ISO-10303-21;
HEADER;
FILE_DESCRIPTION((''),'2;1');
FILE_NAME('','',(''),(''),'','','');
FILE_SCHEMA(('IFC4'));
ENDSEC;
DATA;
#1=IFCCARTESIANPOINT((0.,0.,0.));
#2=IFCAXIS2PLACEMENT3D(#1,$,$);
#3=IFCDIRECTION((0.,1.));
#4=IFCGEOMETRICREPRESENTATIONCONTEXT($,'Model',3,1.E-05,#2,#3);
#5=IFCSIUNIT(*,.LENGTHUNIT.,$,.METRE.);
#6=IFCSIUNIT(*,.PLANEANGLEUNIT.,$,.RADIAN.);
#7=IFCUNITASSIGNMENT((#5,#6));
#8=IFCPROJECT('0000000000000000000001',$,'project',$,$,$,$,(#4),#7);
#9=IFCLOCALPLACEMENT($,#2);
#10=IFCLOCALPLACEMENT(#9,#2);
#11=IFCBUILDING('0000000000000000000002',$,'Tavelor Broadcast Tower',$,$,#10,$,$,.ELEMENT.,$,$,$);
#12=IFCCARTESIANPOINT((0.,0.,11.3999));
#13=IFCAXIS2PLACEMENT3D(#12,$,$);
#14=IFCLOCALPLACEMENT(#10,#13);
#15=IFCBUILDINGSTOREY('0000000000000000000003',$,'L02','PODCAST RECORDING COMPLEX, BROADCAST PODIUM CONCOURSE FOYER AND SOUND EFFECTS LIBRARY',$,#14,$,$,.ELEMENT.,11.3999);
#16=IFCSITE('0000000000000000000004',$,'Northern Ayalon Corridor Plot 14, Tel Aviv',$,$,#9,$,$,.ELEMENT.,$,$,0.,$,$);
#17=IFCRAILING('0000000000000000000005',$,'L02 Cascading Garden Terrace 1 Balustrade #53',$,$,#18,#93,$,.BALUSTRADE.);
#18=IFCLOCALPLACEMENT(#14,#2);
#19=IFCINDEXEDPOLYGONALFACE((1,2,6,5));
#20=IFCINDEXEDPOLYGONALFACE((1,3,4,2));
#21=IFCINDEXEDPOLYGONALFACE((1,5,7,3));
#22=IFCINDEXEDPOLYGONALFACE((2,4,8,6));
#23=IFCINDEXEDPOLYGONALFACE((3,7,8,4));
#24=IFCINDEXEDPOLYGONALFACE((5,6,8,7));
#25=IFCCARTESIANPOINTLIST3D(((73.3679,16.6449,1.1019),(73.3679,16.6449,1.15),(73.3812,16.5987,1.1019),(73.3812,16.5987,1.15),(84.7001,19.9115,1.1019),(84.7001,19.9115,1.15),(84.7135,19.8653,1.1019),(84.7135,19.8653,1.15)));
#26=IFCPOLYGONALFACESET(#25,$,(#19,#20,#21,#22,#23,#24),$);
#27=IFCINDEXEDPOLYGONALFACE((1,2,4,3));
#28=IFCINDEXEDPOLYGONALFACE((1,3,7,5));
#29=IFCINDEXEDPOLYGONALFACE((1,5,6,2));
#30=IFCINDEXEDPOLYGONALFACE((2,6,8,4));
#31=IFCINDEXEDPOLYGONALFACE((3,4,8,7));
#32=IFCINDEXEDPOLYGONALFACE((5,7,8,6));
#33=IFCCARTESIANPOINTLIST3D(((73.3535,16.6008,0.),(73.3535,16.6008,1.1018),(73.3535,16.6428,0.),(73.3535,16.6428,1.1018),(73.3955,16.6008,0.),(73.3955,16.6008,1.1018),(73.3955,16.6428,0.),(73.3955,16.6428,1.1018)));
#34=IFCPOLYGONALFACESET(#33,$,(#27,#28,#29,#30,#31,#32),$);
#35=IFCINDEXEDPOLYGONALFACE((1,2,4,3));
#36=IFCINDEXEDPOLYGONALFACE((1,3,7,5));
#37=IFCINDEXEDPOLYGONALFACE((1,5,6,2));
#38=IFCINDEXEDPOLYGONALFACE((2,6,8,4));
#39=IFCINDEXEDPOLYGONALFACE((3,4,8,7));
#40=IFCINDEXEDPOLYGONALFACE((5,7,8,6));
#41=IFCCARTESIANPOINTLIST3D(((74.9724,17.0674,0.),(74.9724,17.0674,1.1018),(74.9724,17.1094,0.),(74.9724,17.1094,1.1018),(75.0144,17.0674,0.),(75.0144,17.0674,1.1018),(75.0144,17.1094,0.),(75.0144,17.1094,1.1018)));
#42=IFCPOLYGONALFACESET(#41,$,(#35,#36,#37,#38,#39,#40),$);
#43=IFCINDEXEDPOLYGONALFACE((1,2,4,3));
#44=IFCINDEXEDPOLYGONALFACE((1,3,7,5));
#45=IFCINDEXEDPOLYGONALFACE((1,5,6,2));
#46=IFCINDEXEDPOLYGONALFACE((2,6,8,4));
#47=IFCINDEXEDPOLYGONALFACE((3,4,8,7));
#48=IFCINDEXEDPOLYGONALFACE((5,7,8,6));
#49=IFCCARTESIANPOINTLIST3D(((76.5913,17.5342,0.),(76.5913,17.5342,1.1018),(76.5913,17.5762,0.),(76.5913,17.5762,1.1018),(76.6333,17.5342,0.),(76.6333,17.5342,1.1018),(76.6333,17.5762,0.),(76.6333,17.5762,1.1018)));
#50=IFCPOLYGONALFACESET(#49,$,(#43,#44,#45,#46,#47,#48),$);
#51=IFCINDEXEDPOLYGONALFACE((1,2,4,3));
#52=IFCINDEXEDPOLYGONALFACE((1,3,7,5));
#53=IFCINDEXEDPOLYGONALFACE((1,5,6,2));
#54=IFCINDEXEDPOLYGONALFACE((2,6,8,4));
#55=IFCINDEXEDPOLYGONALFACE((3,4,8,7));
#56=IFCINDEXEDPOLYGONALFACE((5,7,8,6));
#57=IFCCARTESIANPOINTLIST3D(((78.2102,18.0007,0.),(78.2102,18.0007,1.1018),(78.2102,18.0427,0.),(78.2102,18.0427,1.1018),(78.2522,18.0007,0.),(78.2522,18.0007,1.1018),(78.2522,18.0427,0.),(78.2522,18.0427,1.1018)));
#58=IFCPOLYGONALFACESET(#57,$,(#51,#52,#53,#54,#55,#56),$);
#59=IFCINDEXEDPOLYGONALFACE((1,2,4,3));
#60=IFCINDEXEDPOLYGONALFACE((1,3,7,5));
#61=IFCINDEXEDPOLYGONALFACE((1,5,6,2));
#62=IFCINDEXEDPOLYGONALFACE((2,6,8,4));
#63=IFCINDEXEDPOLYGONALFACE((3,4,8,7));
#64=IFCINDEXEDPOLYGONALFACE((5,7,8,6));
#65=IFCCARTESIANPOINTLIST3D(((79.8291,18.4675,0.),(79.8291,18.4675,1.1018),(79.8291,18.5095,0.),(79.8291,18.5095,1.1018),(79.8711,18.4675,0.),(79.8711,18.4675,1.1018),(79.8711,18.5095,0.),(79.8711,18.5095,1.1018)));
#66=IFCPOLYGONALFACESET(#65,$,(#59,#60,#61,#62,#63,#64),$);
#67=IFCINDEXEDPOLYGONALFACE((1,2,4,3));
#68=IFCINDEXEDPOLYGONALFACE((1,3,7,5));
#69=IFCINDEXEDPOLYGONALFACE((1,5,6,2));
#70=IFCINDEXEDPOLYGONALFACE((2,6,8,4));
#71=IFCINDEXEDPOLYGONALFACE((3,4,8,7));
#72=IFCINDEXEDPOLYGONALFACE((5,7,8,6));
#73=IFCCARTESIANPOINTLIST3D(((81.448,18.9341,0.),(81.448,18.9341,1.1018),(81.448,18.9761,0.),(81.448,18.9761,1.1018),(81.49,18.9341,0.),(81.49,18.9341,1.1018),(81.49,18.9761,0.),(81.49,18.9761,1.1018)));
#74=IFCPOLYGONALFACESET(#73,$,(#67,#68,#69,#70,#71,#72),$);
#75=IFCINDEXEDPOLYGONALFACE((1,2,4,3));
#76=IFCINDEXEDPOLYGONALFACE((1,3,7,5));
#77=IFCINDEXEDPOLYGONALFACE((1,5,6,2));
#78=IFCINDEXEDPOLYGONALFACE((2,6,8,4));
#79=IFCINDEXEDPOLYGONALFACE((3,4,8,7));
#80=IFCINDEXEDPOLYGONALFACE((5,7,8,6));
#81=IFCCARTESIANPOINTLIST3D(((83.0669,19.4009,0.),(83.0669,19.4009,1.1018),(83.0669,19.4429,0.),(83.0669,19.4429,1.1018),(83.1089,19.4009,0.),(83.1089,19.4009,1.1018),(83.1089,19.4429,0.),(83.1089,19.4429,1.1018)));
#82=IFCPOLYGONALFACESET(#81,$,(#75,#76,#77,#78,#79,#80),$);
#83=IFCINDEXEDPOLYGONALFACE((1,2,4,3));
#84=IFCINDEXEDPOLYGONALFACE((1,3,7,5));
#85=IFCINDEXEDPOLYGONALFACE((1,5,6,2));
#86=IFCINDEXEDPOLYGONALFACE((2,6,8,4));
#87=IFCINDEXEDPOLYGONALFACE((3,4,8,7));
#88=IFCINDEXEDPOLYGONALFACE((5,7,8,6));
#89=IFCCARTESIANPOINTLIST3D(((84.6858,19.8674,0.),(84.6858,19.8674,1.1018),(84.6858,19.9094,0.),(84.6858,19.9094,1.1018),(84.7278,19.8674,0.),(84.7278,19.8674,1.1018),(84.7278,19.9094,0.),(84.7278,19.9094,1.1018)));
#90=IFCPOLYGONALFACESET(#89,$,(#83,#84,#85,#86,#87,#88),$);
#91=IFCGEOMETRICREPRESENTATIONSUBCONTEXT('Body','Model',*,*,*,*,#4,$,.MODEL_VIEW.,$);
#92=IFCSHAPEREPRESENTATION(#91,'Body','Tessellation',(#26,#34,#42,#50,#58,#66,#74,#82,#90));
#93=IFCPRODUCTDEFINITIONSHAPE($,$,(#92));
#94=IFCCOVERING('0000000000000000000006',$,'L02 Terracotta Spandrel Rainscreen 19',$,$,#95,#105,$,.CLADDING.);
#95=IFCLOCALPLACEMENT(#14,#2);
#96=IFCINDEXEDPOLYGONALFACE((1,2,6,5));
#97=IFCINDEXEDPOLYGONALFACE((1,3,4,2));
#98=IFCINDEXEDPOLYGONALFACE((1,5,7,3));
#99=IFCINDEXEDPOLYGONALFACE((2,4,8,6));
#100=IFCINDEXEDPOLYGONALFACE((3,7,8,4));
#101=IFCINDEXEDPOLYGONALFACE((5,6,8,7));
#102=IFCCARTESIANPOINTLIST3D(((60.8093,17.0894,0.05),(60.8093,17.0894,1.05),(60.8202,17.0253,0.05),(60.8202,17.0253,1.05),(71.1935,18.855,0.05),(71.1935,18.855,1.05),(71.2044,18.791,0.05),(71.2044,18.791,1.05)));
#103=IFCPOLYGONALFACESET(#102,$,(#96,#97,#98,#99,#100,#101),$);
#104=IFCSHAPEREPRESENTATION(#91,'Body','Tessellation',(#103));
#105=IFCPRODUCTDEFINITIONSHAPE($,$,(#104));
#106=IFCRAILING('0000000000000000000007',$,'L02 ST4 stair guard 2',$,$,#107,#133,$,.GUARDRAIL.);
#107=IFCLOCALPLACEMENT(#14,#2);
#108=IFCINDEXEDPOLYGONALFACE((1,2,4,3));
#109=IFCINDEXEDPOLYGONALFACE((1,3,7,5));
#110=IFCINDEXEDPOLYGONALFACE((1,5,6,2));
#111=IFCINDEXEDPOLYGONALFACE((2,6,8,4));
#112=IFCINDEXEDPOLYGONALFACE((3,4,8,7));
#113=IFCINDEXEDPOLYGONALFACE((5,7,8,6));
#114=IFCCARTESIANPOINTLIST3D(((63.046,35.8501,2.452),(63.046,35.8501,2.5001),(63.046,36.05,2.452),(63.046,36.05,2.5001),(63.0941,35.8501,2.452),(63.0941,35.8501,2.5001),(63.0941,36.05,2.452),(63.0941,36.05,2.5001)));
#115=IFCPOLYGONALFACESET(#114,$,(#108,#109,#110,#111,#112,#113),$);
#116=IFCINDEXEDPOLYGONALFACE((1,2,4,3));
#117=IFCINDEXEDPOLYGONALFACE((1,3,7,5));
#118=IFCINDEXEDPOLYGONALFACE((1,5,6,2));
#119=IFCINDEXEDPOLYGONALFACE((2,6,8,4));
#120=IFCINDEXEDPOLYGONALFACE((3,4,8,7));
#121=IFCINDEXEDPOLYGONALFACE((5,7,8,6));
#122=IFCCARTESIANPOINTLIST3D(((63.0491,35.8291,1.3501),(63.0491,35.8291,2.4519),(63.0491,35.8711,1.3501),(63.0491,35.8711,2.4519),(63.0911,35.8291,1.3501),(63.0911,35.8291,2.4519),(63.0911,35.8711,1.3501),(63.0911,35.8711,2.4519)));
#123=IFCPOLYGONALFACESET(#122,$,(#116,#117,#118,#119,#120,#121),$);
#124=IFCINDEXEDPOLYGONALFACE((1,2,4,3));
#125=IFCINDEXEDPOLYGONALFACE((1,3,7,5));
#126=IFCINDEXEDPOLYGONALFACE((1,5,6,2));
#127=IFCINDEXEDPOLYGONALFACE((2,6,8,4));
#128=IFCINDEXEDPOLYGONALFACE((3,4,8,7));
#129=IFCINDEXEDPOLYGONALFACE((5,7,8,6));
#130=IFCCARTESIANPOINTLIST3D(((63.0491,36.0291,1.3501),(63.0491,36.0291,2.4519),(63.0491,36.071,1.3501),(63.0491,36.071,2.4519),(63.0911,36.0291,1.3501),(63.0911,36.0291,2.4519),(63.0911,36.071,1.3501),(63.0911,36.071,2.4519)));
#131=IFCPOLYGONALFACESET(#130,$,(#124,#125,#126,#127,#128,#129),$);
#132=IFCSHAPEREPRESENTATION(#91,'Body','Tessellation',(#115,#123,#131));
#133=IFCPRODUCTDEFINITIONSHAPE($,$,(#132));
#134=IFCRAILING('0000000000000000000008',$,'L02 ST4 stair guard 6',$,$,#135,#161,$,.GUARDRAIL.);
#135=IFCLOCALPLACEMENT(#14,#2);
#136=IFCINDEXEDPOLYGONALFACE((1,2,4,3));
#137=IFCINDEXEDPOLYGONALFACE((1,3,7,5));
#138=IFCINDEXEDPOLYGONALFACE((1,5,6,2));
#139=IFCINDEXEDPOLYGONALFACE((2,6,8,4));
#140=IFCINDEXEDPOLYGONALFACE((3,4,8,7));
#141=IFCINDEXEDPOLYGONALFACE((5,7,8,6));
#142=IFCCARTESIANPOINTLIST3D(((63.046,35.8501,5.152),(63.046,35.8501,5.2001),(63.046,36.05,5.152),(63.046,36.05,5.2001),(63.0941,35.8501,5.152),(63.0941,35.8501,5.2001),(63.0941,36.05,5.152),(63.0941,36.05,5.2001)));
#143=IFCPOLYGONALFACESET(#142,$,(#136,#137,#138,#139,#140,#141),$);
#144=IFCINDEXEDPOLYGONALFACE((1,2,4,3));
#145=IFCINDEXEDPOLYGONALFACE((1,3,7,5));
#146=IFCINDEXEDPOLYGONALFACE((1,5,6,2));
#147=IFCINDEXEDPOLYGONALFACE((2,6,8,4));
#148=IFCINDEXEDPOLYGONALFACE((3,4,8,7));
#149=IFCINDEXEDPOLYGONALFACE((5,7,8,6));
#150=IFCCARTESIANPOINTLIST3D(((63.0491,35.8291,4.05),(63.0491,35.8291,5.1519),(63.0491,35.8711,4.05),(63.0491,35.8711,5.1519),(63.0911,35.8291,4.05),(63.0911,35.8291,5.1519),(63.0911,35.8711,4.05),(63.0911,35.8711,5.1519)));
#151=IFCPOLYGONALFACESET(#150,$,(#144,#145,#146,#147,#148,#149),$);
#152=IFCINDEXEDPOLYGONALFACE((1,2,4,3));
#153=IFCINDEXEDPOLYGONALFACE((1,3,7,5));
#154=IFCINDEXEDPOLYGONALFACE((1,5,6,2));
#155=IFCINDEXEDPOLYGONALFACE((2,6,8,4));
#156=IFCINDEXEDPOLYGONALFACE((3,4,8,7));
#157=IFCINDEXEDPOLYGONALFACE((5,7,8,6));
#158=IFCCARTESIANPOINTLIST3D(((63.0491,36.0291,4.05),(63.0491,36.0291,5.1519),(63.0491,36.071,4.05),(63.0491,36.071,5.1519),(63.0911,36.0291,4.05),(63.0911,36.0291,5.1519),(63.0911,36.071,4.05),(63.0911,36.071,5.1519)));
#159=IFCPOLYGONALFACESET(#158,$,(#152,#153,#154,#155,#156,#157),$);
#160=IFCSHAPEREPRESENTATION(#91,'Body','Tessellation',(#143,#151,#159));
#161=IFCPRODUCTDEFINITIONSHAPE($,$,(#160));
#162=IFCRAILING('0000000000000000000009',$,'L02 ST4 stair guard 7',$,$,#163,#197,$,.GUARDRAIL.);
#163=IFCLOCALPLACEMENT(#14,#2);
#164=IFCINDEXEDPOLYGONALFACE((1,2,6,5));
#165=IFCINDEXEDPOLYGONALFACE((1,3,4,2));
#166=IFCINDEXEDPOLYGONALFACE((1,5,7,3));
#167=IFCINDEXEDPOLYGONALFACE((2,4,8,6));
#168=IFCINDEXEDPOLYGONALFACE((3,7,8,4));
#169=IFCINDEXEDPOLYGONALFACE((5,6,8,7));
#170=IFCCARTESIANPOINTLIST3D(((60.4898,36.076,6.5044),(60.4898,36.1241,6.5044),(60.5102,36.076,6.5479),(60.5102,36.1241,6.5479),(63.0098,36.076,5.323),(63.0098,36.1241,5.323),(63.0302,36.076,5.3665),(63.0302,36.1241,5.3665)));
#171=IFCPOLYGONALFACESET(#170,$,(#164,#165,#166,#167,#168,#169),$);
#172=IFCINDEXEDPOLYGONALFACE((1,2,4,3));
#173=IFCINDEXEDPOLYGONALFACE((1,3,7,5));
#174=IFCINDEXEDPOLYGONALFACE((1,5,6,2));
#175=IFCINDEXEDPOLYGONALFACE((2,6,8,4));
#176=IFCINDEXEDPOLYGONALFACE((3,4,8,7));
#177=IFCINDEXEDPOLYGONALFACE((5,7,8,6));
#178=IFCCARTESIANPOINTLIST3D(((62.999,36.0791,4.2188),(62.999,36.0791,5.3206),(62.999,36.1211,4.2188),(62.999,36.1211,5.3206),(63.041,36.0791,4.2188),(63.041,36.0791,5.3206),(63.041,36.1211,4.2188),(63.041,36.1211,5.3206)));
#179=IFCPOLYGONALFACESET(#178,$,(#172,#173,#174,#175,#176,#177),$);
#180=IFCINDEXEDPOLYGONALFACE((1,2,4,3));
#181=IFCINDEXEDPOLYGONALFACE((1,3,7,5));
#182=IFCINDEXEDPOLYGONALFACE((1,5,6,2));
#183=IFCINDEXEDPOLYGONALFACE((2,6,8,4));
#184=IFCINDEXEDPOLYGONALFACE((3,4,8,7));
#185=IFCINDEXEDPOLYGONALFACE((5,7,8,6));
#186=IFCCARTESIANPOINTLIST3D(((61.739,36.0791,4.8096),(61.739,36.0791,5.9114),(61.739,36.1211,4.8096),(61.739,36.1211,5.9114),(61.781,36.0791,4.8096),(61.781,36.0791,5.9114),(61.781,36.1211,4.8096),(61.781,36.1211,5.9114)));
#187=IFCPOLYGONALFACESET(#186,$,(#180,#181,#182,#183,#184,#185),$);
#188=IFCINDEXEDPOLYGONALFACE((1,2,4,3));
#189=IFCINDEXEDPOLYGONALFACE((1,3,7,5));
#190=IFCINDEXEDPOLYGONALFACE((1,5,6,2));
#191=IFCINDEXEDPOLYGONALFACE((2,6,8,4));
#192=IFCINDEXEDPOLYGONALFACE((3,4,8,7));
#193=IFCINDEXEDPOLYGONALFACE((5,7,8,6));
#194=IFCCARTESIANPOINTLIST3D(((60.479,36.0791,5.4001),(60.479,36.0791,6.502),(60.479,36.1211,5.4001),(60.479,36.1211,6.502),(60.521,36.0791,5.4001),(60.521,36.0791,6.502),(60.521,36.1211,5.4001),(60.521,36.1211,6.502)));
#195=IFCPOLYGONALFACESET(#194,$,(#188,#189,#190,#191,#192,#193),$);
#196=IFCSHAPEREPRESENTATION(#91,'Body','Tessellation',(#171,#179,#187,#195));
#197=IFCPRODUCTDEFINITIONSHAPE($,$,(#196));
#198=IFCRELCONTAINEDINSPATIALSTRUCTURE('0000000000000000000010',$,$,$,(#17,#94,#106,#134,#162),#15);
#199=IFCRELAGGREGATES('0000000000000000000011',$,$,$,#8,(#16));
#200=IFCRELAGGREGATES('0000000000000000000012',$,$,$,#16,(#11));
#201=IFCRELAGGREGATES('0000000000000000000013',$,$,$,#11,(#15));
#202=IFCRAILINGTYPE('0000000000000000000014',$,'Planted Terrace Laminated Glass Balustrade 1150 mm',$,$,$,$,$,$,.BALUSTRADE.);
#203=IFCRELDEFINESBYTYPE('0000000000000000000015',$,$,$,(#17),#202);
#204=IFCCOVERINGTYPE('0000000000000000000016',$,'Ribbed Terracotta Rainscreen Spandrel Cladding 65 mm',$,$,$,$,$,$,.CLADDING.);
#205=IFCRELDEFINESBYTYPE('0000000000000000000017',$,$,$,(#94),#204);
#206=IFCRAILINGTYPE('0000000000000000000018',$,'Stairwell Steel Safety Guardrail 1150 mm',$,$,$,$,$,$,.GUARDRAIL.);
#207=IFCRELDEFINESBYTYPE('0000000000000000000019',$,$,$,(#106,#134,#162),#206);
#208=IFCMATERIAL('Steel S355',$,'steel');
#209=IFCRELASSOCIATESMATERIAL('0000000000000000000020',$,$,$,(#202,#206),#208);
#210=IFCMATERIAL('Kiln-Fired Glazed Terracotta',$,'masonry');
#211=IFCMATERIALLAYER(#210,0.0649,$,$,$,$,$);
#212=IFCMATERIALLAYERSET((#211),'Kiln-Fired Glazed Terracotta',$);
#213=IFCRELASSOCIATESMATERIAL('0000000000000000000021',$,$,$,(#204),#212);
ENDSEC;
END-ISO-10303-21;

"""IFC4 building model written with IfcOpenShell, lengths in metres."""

from ifc_helpers import new_model, si_unit, direction, frame, origin, origin_2d, place, context, subcontext, project, spatial, rectangle, extrude, material, layer, layer_set, type_object, element, save


model = new_model("IFC4")

# Units and contexts
model_context = context("Model", 3, precision=1e-05, world=origin(), true_north=direction((0.0, 1.0)))
body_context = subcontext(model_context, "Body", "Model", "MODEL_VIEW")
ifc_project = project(units=[si_unit("LENGTHUNIT", "METRE"), si_unit("PLANEANGLEUNIT", "RADIAN")], contexts=[model_context])

# Site, building, storey
site_placement = place(None, origin())
site = spatial("IfcSite", under=ifc_project, at=site_placement, Name="Northern Ayalon Corridor Plot 14, Tel Aviv", CompositionType="ELEMENT", RefElevation=0.0)
building_placement = place(site_placement, origin())
building = spatial("IfcBuilding", under=site, at=building_placement, Name="Tavelor Broadcast Tower", CompositionType="ELEMENT")
storey_placement = place(building_placement, frame((0.0, 0.0, 11.3999)))
storey = spatial("IfcBuildingStorey", under=building, at=storey_placement, Name="L02", Description="PODCAST RECORDING COMPLEX, BROADCAST PODIUM CONCOURSE FOYER AND SOUND EFFECTS LIBRARY", CompositionType="ELEMENT", Elevation=11.3999)

# Shared definitions
ifc_material_1 = material(Name="Steel S355", Category="steel")

# Railing
railing_type_1 = type_object("IfcRailingType", Name="Planted Terrace Laminated Glass Balustrade 1150 mm", PredefinedType="BALUSTRADE", material=ifc_material_1)
railing_1_placement = place(storey_placement, frame((73.3745, 16.6218, 0.0)))
element("IfcRailing", 1, at=railing_1_placement, inside=storey, type_object=railing_type_1, Name="L02 Cascading Garden Terrace 1 Balustrade #53", PredefinedType="BALUSTRADE", context=body_context, shape_type="SweptSolid", body=[
    extrude(rectangle(XDim=0.0481, YDim=0.0481, at=origin_2d()), frame((0.0, 0.0, 1.126), z_axis=(0.960876, 0.276979, 0.0), x_axis=(-0.276979, 0.960876, 0.0)), (0.0, 0.0, 1.0), 11.7937),
    extrude(rectangle(XDim=0.042, YDim=0.042, at=origin_2d()), origin(), (0.0, 0.0, 1.0), 1.1018),
    extrude(rectangle(XDim=0.042, YDim=0.042, at=origin_2d()), frame((1.6189, 0.4666, 0.0)), (0.0, 0.0, 1.0), 1.1018),
    extrude(rectangle(XDim=0.042, YDim=0.042, at=origin_2d()), frame((3.2378, 0.9333, 0.0)), (0.0, 0.0, 1.0), 1.1018),
    extrude(rectangle(XDim=0.042, YDim=0.042, at=origin_2d()), frame((4.8567, 1.3999, 0.0)), (0.0, 0.0, 1.0), 1.1018),
    extrude(rectangle(XDim=0.042, YDim=0.042, at=origin_2d()), frame((6.4756, 1.8667, 0.0)), (0.0, 0.0, 1.0), 1.1018),
    extrude(rectangle(XDim=0.042, YDim=0.042, at=origin_2d()), frame((8.0945, 2.3333, 0.0)), (0.0, 0.0, 1.0), 1.1018),
    extrude(rectangle(XDim=0.042, YDim=0.042, at=origin_2d()), frame((9.7134, 2.8, 0.0)), (0.0, 0.0, 1.0), 1.1018),
    extrude(rectangle(XDim=0.042, YDim=0.042, at=origin_2d()), frame((11.3323, 3.2666, 0.0)), (0.0, 0.0, 1.0), 1.1018),
])

# Covering
ifc_material_2 = material(Name="Kiln-Fired Glazed Terracotta", Category="masonry")
ifc_layer_1 = layer(ifc_material_2, 0.0649)
ifc_layer_set_1 = layer_set([ifc_layer_1], Name="Kiln-Fired Glazed Terracotta")
covering_type = type_object("IfcCoveringType", Name="Ribbed Terracotta Rainscreen Spandrel Cladding 65 mm", PredefinedType="CLADDING", material=ifc_layer_set_1)
covering_placement = place(storey_placement, frame((66.0068, 17.9402, 0.05), z_axis=(0.0, 0.0, 1.0), x_axis=(0.98585, 0.167629, 0.0)))
element("IfcCovering", 2, at=covering_placement, inside=storey, type_object=covering_type, Name="L02 Terracotta Spandrel Rainscreen 19", PredefinedType="CLADDING", context=body_context, shape_type="SweptSolid", body=[
    extrude(rectangle(XDim=10.5332, YDim=0.0649, at=origin_2d()), origin(), (0.0, 0.0, 1.0), 1.0),
])

# Railings
railing_type_2 = type_object("IfcRailingType", Name="Stairwell Steel Safety Guardrail 1150 mm", PredefinedType="GUARDRAIL", material=ifc_material_1)
for number, where, name in (
    (3, (63.0701, 35.8501, 1.3501), "L02 ST4 stair guard 2"),
    (4, (63.0701, 35.8501, 4.05), "L02 ST4 stair guard 6"),
):
    element("IfcRailing", number, at=place(storey_placement, frame(where)), inside=storey, type_object=railing_type_2, Name=name, PredefinedType="GUARDRAIL", context=body_context, shape_type="SweptSolid", body=[
        extrude(rectangle(XDim=0.0481, YDim=0.0481, at=origin_2d()), frame((0.0, 0.0, 1.126), z_axis=(0.0, 1.0, 0.0), x_axis=(-1.0, 0.0, 0.0)), (0.0, 0.0, 1.0), 0.2),
        extrude(rectangle(XDim=0.042, YDim=0.042, at=origin_2d()), origin(), (0.0, 0.0, 1.0), 1.1018),
        extrude(rectangle(XDim=0.042, YDim=0.042, at=origin_2d()), frame((0.0, 0.2, 0.0)), (0.0, 0.0, 1.0), 1.1018),
    ])
railing_2_placement = place(storey_placement, frame((63.02, 36.1001, 4.2188)))
element("IfcRailing", 5, at=railing_2_placement, inside=storey, type_object=railing_type_2, Name="L02 ST4 stair guard 7", PredefinedType="GUARDRAIL", context=body_context, shape_type="SweptSolid", body=[
    extrude(rectangle(XDim=0.0481, YDim=0.0481, at=origin_2d()), frame((0.0, 0.0, 1.126), z_axis=(-0.90544, 0.0, 0.424474), x_axis=(0.0, -1.0, 0.0)), (0.0, 0.0, 1.0), 2.7832),
    extrude(rectangle(XDim=0.042, YDim=0.042, at=origin_2d()), origin(), (0.0, 0.0, 1.0), 1.1018),
    extrude(rectangle(XDim=0.042, YDim=0.042, at=origin_2d()), frame((-1.26, 0.0, 0.5908)), (0.0, 0.0, 1.0), 1.1018),
    extrude(rectangle(XDim=0.042, YDim=0.042, at=origin_2d()), frame((-2.52, 0.0, 1.1814)), (0.0, 0.0, 1.0), 1.1018),
])

save(model, "model.ifc")
